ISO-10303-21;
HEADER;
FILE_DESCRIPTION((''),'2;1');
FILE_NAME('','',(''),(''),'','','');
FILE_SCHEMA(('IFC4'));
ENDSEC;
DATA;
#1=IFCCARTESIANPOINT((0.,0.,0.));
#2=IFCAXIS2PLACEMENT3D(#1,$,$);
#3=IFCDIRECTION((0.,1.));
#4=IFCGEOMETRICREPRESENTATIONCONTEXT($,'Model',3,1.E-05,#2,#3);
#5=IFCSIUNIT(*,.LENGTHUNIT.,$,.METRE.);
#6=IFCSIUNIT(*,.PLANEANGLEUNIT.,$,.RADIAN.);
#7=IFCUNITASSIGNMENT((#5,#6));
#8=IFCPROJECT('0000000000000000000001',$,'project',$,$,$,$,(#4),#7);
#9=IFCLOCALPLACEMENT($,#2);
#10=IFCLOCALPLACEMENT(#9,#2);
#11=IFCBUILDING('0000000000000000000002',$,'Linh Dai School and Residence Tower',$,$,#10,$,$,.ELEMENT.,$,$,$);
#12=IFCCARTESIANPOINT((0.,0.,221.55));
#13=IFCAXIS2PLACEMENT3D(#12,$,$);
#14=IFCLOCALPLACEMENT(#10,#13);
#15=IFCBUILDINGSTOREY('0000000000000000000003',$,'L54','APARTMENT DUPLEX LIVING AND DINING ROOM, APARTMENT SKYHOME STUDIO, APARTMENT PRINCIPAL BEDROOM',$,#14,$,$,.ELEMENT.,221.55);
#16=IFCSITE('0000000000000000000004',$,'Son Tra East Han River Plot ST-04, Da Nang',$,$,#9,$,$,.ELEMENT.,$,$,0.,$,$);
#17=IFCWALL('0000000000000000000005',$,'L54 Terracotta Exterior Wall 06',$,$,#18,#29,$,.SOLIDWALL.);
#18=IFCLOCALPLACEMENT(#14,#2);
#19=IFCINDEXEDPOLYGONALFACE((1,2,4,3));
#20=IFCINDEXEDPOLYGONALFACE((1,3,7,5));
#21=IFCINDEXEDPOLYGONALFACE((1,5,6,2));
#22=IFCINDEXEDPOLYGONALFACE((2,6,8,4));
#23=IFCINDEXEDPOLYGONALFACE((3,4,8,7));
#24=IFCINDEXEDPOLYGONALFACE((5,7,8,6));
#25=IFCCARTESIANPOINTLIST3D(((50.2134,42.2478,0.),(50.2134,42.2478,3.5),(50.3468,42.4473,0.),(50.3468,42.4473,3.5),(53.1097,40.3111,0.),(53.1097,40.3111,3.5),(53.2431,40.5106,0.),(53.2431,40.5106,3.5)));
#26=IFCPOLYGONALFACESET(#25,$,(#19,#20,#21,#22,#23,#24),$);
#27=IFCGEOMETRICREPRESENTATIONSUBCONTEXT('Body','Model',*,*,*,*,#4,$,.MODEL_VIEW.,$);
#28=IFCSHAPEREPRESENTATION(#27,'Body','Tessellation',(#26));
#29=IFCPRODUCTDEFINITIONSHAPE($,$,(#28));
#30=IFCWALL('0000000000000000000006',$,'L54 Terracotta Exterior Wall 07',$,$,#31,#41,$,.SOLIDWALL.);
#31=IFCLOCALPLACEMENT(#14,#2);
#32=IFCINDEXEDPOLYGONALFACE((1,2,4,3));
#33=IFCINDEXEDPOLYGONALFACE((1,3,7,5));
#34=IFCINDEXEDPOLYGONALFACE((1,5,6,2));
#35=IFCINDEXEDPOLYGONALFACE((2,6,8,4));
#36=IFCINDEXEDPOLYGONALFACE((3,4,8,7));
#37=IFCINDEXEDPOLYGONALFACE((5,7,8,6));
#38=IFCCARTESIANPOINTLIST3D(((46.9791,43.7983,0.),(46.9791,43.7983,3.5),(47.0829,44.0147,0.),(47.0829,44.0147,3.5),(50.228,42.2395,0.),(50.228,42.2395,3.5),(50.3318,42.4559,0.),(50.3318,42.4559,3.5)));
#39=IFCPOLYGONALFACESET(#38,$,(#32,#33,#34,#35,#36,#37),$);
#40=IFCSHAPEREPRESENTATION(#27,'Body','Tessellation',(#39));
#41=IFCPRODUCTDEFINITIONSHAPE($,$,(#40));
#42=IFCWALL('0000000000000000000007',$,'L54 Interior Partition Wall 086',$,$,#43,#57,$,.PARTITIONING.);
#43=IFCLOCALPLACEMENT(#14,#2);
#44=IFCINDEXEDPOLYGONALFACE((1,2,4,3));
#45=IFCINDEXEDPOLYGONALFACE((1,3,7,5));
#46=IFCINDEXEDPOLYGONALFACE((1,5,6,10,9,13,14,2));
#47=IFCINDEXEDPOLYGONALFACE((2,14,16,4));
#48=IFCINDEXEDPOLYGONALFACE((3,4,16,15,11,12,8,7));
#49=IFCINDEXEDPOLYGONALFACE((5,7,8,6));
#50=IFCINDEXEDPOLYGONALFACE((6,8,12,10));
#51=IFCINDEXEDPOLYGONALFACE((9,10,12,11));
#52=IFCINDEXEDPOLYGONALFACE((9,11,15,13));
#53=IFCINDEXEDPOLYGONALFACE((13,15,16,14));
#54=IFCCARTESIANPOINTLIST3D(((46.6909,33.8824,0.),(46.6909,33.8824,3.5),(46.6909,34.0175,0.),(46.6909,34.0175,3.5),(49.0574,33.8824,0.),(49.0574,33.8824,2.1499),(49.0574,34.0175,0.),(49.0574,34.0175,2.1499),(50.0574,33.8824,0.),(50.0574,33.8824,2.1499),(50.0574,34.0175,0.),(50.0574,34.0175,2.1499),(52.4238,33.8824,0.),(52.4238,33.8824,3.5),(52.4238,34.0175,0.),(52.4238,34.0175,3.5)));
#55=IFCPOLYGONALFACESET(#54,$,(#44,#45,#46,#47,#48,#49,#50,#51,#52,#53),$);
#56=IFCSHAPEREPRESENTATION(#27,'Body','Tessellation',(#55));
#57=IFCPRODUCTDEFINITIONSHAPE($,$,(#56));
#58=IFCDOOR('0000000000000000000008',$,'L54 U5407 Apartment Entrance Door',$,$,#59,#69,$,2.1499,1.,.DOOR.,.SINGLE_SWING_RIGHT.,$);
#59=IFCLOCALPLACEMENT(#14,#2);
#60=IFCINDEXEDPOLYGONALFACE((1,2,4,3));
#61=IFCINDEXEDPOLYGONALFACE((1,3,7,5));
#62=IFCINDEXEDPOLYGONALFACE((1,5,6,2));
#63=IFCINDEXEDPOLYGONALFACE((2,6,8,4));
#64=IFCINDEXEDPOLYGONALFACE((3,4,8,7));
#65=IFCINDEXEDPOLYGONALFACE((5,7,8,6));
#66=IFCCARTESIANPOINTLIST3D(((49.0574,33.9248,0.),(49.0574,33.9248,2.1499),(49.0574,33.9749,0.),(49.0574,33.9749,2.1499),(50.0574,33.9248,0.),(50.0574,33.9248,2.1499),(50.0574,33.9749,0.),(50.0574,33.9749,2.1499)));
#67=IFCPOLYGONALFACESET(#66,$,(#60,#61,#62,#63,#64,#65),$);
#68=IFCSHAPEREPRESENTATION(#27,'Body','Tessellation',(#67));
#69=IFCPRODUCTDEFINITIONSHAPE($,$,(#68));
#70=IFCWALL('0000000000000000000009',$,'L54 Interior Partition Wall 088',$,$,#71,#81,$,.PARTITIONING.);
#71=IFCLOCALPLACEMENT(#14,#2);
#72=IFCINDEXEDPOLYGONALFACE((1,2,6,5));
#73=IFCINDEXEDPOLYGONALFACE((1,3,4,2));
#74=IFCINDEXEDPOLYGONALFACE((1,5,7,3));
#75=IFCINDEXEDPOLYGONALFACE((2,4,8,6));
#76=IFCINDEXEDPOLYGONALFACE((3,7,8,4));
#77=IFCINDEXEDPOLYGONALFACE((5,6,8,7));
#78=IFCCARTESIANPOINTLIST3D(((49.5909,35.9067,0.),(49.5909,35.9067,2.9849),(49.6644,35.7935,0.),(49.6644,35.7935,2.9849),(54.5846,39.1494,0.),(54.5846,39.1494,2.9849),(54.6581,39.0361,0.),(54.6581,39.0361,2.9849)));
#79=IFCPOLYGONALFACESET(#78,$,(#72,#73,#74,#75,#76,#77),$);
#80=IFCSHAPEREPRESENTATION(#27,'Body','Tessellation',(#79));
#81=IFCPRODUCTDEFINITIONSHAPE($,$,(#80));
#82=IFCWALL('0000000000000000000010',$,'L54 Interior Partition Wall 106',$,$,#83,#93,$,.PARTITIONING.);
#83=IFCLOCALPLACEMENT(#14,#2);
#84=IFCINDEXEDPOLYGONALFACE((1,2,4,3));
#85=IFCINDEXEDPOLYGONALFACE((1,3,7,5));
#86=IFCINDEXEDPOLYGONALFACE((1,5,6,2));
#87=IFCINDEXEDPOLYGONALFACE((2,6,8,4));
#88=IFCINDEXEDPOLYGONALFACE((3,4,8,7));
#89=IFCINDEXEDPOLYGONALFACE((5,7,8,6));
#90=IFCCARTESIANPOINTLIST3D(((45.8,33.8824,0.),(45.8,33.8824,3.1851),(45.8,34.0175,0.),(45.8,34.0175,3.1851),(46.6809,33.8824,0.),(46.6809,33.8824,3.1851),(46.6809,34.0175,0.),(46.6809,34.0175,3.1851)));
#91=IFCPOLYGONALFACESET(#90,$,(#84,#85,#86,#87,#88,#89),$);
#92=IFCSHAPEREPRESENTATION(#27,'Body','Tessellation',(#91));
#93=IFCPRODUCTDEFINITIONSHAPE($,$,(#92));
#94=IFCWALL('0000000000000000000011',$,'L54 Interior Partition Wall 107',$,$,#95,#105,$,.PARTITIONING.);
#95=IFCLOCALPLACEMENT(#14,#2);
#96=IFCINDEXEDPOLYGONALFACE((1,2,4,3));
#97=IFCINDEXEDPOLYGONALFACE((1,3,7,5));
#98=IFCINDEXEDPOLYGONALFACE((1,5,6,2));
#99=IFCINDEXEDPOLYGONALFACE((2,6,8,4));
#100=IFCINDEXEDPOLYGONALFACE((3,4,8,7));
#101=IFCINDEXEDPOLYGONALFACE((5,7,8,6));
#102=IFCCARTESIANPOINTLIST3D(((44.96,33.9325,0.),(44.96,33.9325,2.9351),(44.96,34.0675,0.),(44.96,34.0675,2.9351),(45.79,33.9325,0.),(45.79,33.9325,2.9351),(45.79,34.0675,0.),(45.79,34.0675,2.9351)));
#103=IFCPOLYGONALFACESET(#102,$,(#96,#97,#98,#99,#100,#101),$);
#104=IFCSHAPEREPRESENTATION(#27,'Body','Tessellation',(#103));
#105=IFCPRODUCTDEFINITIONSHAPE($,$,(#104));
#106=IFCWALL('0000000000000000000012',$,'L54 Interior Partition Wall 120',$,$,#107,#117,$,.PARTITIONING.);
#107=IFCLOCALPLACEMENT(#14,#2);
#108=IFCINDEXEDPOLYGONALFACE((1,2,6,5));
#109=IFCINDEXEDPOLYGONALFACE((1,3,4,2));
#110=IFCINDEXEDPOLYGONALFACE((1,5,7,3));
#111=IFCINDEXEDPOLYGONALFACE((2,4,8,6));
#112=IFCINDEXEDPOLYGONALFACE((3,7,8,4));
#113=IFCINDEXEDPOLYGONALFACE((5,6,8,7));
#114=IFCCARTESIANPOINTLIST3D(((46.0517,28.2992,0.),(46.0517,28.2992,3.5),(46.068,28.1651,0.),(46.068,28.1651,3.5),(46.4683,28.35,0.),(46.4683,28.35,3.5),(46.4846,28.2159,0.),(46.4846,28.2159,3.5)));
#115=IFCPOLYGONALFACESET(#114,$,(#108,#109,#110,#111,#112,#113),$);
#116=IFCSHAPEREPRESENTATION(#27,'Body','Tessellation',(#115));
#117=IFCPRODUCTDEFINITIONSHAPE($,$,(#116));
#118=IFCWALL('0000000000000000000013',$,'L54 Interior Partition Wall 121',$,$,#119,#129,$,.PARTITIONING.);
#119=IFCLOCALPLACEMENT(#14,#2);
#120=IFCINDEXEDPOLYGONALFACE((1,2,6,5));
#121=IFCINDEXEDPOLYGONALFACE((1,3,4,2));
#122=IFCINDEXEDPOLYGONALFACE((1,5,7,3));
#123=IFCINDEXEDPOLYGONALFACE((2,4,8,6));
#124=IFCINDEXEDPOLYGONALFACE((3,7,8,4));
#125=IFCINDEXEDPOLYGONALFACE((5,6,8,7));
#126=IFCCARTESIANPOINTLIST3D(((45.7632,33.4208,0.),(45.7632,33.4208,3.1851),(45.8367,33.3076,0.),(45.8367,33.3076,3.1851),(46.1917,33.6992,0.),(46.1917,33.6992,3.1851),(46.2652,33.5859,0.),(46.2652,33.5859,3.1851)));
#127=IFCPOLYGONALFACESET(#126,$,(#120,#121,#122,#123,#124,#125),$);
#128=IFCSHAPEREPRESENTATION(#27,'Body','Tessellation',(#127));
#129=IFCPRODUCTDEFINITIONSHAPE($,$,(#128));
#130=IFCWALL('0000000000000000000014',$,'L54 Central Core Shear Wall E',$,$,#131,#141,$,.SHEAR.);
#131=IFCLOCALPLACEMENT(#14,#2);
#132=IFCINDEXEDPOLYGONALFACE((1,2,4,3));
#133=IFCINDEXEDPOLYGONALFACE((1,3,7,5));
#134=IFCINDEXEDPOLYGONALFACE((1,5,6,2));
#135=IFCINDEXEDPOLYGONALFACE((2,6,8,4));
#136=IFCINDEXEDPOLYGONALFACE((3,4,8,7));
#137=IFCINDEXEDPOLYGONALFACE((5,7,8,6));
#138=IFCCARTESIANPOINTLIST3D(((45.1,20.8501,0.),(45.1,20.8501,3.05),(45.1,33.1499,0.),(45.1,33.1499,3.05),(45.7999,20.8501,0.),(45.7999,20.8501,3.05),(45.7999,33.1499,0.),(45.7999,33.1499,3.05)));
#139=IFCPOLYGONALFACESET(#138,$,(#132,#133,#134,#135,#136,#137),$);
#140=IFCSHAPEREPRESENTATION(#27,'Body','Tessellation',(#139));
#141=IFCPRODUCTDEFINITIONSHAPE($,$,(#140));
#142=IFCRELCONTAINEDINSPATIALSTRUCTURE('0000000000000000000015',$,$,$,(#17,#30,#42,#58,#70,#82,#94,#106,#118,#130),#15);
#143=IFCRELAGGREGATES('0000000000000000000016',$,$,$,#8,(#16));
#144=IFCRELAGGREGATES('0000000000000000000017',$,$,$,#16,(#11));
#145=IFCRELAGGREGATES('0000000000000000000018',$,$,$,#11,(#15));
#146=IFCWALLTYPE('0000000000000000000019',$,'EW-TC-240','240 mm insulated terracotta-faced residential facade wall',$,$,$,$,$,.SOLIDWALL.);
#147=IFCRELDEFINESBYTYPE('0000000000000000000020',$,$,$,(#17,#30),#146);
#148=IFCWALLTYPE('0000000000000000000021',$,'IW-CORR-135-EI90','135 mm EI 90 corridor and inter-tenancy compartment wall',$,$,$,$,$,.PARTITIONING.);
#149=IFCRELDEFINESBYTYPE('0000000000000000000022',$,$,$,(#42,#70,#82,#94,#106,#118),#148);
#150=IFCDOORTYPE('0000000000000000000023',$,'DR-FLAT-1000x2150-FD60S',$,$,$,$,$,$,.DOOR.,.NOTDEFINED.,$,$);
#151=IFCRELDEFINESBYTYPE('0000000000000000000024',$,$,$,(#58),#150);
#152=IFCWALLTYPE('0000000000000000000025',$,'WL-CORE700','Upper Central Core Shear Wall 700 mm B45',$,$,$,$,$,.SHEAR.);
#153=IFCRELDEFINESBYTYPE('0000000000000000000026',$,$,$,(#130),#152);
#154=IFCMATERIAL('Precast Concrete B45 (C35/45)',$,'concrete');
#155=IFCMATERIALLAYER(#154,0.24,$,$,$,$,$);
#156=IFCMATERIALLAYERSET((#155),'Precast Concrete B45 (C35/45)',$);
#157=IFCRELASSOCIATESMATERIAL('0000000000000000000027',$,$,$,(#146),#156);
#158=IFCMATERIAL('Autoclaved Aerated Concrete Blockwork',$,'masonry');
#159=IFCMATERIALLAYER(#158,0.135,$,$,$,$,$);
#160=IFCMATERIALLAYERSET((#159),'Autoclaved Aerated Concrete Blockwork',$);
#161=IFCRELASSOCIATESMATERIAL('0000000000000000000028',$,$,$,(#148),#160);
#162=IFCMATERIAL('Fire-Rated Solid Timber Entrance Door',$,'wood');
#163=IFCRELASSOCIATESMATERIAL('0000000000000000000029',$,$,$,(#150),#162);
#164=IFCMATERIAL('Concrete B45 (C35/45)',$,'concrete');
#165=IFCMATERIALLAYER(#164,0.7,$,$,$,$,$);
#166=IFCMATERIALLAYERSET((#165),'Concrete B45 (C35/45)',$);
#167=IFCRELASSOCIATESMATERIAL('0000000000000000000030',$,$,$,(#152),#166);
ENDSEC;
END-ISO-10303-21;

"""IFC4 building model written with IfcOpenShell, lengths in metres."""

from ifc_helpers import new_model, si_unit, direction, frame, frame_2d, origin, origin_2d, place, context, subcontext, project, spatial, rectangle, extrude, source, transform, mapped, material, layer, layer_set, type_object, element, fill, save


model = new_model("IFC4")

# Units and contexts
model_context = context("Model", 3, precision=1e-05, world=origin(), true_north=direction((0.0, 1.0)))
body_context = subcontext(model_context, "Body", "Model", "MODEL_VIEW")
ifc_project = project(units=[si_unit("LENGTHUNIT", "METRE"), si_unit("PLANEANGLEUNIT", "RADIAN")], contexts=[model_context])

# Site, building, storey
site_placement = place(None, origin())
site = spatial("IfcSite", under=ifc_project, at=site_placement, Name="Son Tra East Han River Plot ST-04, Da Nang", CompositionType="ELEMENT", RefElevation=0.0)
building_placement = place(site_placement, origin())
building = spatial("IfcBuilding", under=site, at=building_placement, Name="Linh Dai School and Residence Tower", CompositionType="ELEMENT")
storey_placement = place(building_placement, frame((0.0, 0.0, 221.55)))
storey = spatial("IfcBuildingStorey", under=building, at=storey_placement, Name="L54", Description="APARTMENT DUPLEX LIVING AND DINING ROOM, APARTMENT SKYHOME STUDIO, APARTMENT PRINCIPAL BEDROOM", CompositionType="ELEMENT", Elevation=221.55)

# Shared definitions
ifc_material_1 = material(Name="Concrete B45 (C35/45)", Category="concrete")

# Walls
ifc_material_2 = material(Name="Precast Concrete B45 (C35/45)", Category="concrete")
ifc_layer_1 = layer(ifc_material_2, 0.24)
ifc_layer_set_1 = layer_set([ifc_layer_1], Name="Precast Concrete B45 (C35/45)")
wall_type_1 = type_object("IfcWallType", Name="EW-TC-240", Description="240 mm insulated terracotta-faced residential facade wall", PredefinedType="SOLIDWALL", material=ifc_layer_set_1)
wall_1_placement = place(storey_placement, frame((50.28, 42.3477, 0.0), z_axis=(0.0, 0.0, 1.0), x_axis=(0.831262, -0.55588, 0.0)))
element("IfcWall", 1, at=wall_1_placement, inside=storey, type_object=wall_type_1, Name="L54 Terracotta Exterior Wall 06", PredefinedType="SOLIDWALL", context=body_context, shape_type="SweptSolid", body=[
    extrude(rectangle(XDim=3.4841, YDim=0.24, at=frame_2d((1.7422, 0.0))), origin(), (0.0, 0.0, 1.0), 3.5),
])
wall_2_placement = place(storey_placement, frame((47.031, 43.9065, 0.0), z_axis=(0.0, 0.0, 1.0), x_axis=(0.901598, -0.432575, 0.0)))
element("IfcWall", 2, at=wall_2_placement, inside=storey, type_object=wall_type_1, Name="L54 Terracotta Exterior Wall 07", PredefinedType="SOLIDWALL", context=body_context, shape_type="SweptSolid", body=[
    extrude(rectangle(XDim=3.6035, YDim=0.24, at=frame_2d((1.8018, 0.0))), origin(), (0.0, 0.0, 1.0), 3.5),
])

# Wall, opening, door
ifc_material_3 = material(Name="Autoclaved Aerated Concrete Blockwork", Category="masonry")
ifc_layer_2 = layer(ifc_material_3, 0.135)
ifc_layer_set_2 = layer_set([ifc_layer_2], Name="Autoclaved Aerated Concrete Blockwork")
wall_type_2 = type_object("IfcWallType", Name="IW-CORR-135-EI90", Description="135 mm EI 90 corridor and inter-tenancy compartment wall", PredefinedType="PARTITIONING", material=ifc_layer_set_2)
wall_3_placement = place(storey_placement, frame((46.6909, 33.95, 0.0), z_axis=(0.0, 0.0, 1.0), x_axis=(1.0, 0.0, 0.0)))
wall_3 = element("IfcWall", 3, at=wall_3_placement, inside=storey, type_object=wall_type_2, Name="L54 Interior Partition Wall 086", PredefinedType="PARTITIONING", context=body_context, shape_type="SweptSolid", body=[
    extrude(rectangle(XDim=5.7329, YDim=0.135, at=frame_2d((2.8665, 0.0))), origin(), (0.0, 0.0, 1.0), 3.5),
])
opening_placement = place(wall_3_placement, frame((2.3665, 0.0, 0.0)))
opening = element("IfcOpeningElement", 4, at=opening_placement, cuts=wall_3, PredefinedType="OPENING", context=body_context, shape_type="SweptSolid", body=[
    extrude(rectangle(XDim=1.0, YDim=2.1499, at=origin_2d()), frame((0.5, 0.0776, 1.075), z_axis=(0.0, -1.0, 0.0), x_axis=(1.0, 0.0, 0.0)), (0.0, 0.0, 1.0), 0.155),
])
ifc_material_4 = material(Name="Fire-Rated Solid Timber Entrance Door", Category="wood")
door_type = type_object("IfcDoorType", Name="DR-FLAT-1000x2150-FD60S", OperationType="NOTDEFINED", PredefinedType="DOOR", material=ifc_material_4)
shared_shape_1 = source(origin(), body_context, "Body", "SweptSolid", [
    extrude(rectangle(XDim=1.0, YDim=2.1499, at=origin_2d()), frame((0.5, 0.0249, 1.075), z_axis=(0.0, -1.0, 0.0), x_axis=(1.0, 0.0, 0.0)), (0.0, 0.0, 1.0), 0.05),
])
door_placement = place(opening_placement, origin())
door = element("IfcDoor", 5, at=door_placement, inside=storey, type_object=door_type, Name="L54 U5407 Apartment Entrance Door", OperationType="SINGLE_SWING_RIGHT", OverallHeight=2.1499, OverallWidth=1.0, PredefinedType="DOOR", context=body_context, shape_type="MappedRepresentation", body=[
    mapped(shared_shape_1, transform((0.0, 0.0, 0.0), x_axis=(1.0, 0.0, 0.0), y_axis=(0.0, 1.0, 0.0), z_axis=(0.0, 0.0, 1.0), scale=1.0)),
])
fill(opening, door)

# Walls
wall_4_placement = place(storey_placement, frame((49.6277, 35.8501, 0.0), z_axis=(0.0, 0.0, 1.0), x_axis=(0.838689, 0.544611, 0.0)))
element("IfcWall", 6, at=wall_4_placement, inside=storey, type_object=wall_type_2, Name="L54 Interior Partition Wall 088", PredefinedType="PARTITIONING", context=body_context, shape_type="SweptSolid", body=[
    extrude(rectangle(XDim=5.9541, YDim=0.135, at=frame_2d((2.9771, 0.0))), origin(), (0.0, 0.0, 1.0), 2.9849),
])
wall_5_placement = place(storey_placement, frame((46.6809, 33.95, 0.0), z_axis=(0.0, 0.0, 1.0), x_axis=(-1.0, 0.0, 0.0)))
element("IfcWall", 7, at=wall_5_placement, inside=storey, type_object=wall_type_2, Name="L54 Interior Partition Wall 106", PredefinedType="PARTITIONING", context=body_context, shape_type="SweptSolid", body=[
    extrude(rectangle(XDim=0.8809, YDim=0.135, at=frame_2d((0.4404, 0.0))), origin(), (0.0, 0.0, 1.0), 3.1851),
])
wall_6_placement = place(storey_placement, frame((45.79, 34.0, 0.0), z_axis=(0.0, 0.0, 1.0), x_axis=(-1.0, 0.0, 0.0)))
element("IfcWall", 8, at=wall_6_placement, inside=storey, type_object=wall_type_2, Name="L54 Interior Partition Wall 107", PredefinedType="PARTITIONING", context=body_context, shape_type="SweptSolid", body=[
    extrude(rectangle(XDim=0.8301, YDim=0.135, at=frame_2d((0.415, 0.0))), origin(), (0.0, 0.0, 1.0), 2.9351),
])
wall_7_placement = place(storey_placement, frame((46.4766, 28.283, 0.0), z_axis=(0.0, 0.0, 1.0), x_axis=(-0.992649, -0.121026, 0.0)))
element("IfcWall", 9, at=wall_7_placement, inside=storey, type_object=wall_type_2, Name="L54 Interior Partition Wall 120", PredefinedType="PARTITIONING", context=body_context, shape_type="SweptSolid", body=[
    extrude(rectangle(XDim=0.4197, YDim=0.135, at=frame_2d((0.21, 0.0))), origin(), (0.0, 0.0, 1.0), 3.5),
])
wall_8_placement = place(storey_placement, frame((45.8, 33.3643, 0.0), z_axis=(0.0, 0.0, 1.0), x_axis=(0.838607, 0.544736, 0.0)))
element("IfcWall", 10, at=wall_8_placement, inside=storey, type_object=wall_type_2, Name="L54 Interior Partition Wall 121", PredefinedType="PARTITIONING", context=body_context, shape_type="SweptSolid", body=[
    extrude(rectangle(XDim=0.511, YDim=0.135, at=frame_2d((0.2554, 0.0))), origin(), (0.0, 0.0, 1.0), 3.1851),
])
ifc_layer_3 = layer(ifc_material_1, 0.7)
ifc_layer_set_3 = layer_set([ifc_layer_3], Name="Concrete B45 (C35/45)")
wall_type_3 = type_object("IfcWallType", Name="WL-CORE700", Description="Upper Central Core Shear Wall 700 mm B45", PredefinedType="SHEAR", material=ifc_layer_set_3)
wall_9_placement = place(storey_placement, frame((45.45, 33.1499, 0.0), z_axis=(0.0, 0.0, 1.0), x_axis=(0.0, -1.0, 0.0)))
element("IfcWall", 11, at=wall_9_placement, inside=storey, type_object=wall_type_3, Name="L54 Central Core Shear Wall E", PredefinedType="SHEAR", context=body_context, shape_type="SweptSolid", body=[
    extrude(rectangle(XDim=12.2998, YDim=0.7, at=frame_2d((6.1499, 0.0))), origin(), (0.0, 0.0, 1.0), 3.05),
])

save(model, "model.ifc")
